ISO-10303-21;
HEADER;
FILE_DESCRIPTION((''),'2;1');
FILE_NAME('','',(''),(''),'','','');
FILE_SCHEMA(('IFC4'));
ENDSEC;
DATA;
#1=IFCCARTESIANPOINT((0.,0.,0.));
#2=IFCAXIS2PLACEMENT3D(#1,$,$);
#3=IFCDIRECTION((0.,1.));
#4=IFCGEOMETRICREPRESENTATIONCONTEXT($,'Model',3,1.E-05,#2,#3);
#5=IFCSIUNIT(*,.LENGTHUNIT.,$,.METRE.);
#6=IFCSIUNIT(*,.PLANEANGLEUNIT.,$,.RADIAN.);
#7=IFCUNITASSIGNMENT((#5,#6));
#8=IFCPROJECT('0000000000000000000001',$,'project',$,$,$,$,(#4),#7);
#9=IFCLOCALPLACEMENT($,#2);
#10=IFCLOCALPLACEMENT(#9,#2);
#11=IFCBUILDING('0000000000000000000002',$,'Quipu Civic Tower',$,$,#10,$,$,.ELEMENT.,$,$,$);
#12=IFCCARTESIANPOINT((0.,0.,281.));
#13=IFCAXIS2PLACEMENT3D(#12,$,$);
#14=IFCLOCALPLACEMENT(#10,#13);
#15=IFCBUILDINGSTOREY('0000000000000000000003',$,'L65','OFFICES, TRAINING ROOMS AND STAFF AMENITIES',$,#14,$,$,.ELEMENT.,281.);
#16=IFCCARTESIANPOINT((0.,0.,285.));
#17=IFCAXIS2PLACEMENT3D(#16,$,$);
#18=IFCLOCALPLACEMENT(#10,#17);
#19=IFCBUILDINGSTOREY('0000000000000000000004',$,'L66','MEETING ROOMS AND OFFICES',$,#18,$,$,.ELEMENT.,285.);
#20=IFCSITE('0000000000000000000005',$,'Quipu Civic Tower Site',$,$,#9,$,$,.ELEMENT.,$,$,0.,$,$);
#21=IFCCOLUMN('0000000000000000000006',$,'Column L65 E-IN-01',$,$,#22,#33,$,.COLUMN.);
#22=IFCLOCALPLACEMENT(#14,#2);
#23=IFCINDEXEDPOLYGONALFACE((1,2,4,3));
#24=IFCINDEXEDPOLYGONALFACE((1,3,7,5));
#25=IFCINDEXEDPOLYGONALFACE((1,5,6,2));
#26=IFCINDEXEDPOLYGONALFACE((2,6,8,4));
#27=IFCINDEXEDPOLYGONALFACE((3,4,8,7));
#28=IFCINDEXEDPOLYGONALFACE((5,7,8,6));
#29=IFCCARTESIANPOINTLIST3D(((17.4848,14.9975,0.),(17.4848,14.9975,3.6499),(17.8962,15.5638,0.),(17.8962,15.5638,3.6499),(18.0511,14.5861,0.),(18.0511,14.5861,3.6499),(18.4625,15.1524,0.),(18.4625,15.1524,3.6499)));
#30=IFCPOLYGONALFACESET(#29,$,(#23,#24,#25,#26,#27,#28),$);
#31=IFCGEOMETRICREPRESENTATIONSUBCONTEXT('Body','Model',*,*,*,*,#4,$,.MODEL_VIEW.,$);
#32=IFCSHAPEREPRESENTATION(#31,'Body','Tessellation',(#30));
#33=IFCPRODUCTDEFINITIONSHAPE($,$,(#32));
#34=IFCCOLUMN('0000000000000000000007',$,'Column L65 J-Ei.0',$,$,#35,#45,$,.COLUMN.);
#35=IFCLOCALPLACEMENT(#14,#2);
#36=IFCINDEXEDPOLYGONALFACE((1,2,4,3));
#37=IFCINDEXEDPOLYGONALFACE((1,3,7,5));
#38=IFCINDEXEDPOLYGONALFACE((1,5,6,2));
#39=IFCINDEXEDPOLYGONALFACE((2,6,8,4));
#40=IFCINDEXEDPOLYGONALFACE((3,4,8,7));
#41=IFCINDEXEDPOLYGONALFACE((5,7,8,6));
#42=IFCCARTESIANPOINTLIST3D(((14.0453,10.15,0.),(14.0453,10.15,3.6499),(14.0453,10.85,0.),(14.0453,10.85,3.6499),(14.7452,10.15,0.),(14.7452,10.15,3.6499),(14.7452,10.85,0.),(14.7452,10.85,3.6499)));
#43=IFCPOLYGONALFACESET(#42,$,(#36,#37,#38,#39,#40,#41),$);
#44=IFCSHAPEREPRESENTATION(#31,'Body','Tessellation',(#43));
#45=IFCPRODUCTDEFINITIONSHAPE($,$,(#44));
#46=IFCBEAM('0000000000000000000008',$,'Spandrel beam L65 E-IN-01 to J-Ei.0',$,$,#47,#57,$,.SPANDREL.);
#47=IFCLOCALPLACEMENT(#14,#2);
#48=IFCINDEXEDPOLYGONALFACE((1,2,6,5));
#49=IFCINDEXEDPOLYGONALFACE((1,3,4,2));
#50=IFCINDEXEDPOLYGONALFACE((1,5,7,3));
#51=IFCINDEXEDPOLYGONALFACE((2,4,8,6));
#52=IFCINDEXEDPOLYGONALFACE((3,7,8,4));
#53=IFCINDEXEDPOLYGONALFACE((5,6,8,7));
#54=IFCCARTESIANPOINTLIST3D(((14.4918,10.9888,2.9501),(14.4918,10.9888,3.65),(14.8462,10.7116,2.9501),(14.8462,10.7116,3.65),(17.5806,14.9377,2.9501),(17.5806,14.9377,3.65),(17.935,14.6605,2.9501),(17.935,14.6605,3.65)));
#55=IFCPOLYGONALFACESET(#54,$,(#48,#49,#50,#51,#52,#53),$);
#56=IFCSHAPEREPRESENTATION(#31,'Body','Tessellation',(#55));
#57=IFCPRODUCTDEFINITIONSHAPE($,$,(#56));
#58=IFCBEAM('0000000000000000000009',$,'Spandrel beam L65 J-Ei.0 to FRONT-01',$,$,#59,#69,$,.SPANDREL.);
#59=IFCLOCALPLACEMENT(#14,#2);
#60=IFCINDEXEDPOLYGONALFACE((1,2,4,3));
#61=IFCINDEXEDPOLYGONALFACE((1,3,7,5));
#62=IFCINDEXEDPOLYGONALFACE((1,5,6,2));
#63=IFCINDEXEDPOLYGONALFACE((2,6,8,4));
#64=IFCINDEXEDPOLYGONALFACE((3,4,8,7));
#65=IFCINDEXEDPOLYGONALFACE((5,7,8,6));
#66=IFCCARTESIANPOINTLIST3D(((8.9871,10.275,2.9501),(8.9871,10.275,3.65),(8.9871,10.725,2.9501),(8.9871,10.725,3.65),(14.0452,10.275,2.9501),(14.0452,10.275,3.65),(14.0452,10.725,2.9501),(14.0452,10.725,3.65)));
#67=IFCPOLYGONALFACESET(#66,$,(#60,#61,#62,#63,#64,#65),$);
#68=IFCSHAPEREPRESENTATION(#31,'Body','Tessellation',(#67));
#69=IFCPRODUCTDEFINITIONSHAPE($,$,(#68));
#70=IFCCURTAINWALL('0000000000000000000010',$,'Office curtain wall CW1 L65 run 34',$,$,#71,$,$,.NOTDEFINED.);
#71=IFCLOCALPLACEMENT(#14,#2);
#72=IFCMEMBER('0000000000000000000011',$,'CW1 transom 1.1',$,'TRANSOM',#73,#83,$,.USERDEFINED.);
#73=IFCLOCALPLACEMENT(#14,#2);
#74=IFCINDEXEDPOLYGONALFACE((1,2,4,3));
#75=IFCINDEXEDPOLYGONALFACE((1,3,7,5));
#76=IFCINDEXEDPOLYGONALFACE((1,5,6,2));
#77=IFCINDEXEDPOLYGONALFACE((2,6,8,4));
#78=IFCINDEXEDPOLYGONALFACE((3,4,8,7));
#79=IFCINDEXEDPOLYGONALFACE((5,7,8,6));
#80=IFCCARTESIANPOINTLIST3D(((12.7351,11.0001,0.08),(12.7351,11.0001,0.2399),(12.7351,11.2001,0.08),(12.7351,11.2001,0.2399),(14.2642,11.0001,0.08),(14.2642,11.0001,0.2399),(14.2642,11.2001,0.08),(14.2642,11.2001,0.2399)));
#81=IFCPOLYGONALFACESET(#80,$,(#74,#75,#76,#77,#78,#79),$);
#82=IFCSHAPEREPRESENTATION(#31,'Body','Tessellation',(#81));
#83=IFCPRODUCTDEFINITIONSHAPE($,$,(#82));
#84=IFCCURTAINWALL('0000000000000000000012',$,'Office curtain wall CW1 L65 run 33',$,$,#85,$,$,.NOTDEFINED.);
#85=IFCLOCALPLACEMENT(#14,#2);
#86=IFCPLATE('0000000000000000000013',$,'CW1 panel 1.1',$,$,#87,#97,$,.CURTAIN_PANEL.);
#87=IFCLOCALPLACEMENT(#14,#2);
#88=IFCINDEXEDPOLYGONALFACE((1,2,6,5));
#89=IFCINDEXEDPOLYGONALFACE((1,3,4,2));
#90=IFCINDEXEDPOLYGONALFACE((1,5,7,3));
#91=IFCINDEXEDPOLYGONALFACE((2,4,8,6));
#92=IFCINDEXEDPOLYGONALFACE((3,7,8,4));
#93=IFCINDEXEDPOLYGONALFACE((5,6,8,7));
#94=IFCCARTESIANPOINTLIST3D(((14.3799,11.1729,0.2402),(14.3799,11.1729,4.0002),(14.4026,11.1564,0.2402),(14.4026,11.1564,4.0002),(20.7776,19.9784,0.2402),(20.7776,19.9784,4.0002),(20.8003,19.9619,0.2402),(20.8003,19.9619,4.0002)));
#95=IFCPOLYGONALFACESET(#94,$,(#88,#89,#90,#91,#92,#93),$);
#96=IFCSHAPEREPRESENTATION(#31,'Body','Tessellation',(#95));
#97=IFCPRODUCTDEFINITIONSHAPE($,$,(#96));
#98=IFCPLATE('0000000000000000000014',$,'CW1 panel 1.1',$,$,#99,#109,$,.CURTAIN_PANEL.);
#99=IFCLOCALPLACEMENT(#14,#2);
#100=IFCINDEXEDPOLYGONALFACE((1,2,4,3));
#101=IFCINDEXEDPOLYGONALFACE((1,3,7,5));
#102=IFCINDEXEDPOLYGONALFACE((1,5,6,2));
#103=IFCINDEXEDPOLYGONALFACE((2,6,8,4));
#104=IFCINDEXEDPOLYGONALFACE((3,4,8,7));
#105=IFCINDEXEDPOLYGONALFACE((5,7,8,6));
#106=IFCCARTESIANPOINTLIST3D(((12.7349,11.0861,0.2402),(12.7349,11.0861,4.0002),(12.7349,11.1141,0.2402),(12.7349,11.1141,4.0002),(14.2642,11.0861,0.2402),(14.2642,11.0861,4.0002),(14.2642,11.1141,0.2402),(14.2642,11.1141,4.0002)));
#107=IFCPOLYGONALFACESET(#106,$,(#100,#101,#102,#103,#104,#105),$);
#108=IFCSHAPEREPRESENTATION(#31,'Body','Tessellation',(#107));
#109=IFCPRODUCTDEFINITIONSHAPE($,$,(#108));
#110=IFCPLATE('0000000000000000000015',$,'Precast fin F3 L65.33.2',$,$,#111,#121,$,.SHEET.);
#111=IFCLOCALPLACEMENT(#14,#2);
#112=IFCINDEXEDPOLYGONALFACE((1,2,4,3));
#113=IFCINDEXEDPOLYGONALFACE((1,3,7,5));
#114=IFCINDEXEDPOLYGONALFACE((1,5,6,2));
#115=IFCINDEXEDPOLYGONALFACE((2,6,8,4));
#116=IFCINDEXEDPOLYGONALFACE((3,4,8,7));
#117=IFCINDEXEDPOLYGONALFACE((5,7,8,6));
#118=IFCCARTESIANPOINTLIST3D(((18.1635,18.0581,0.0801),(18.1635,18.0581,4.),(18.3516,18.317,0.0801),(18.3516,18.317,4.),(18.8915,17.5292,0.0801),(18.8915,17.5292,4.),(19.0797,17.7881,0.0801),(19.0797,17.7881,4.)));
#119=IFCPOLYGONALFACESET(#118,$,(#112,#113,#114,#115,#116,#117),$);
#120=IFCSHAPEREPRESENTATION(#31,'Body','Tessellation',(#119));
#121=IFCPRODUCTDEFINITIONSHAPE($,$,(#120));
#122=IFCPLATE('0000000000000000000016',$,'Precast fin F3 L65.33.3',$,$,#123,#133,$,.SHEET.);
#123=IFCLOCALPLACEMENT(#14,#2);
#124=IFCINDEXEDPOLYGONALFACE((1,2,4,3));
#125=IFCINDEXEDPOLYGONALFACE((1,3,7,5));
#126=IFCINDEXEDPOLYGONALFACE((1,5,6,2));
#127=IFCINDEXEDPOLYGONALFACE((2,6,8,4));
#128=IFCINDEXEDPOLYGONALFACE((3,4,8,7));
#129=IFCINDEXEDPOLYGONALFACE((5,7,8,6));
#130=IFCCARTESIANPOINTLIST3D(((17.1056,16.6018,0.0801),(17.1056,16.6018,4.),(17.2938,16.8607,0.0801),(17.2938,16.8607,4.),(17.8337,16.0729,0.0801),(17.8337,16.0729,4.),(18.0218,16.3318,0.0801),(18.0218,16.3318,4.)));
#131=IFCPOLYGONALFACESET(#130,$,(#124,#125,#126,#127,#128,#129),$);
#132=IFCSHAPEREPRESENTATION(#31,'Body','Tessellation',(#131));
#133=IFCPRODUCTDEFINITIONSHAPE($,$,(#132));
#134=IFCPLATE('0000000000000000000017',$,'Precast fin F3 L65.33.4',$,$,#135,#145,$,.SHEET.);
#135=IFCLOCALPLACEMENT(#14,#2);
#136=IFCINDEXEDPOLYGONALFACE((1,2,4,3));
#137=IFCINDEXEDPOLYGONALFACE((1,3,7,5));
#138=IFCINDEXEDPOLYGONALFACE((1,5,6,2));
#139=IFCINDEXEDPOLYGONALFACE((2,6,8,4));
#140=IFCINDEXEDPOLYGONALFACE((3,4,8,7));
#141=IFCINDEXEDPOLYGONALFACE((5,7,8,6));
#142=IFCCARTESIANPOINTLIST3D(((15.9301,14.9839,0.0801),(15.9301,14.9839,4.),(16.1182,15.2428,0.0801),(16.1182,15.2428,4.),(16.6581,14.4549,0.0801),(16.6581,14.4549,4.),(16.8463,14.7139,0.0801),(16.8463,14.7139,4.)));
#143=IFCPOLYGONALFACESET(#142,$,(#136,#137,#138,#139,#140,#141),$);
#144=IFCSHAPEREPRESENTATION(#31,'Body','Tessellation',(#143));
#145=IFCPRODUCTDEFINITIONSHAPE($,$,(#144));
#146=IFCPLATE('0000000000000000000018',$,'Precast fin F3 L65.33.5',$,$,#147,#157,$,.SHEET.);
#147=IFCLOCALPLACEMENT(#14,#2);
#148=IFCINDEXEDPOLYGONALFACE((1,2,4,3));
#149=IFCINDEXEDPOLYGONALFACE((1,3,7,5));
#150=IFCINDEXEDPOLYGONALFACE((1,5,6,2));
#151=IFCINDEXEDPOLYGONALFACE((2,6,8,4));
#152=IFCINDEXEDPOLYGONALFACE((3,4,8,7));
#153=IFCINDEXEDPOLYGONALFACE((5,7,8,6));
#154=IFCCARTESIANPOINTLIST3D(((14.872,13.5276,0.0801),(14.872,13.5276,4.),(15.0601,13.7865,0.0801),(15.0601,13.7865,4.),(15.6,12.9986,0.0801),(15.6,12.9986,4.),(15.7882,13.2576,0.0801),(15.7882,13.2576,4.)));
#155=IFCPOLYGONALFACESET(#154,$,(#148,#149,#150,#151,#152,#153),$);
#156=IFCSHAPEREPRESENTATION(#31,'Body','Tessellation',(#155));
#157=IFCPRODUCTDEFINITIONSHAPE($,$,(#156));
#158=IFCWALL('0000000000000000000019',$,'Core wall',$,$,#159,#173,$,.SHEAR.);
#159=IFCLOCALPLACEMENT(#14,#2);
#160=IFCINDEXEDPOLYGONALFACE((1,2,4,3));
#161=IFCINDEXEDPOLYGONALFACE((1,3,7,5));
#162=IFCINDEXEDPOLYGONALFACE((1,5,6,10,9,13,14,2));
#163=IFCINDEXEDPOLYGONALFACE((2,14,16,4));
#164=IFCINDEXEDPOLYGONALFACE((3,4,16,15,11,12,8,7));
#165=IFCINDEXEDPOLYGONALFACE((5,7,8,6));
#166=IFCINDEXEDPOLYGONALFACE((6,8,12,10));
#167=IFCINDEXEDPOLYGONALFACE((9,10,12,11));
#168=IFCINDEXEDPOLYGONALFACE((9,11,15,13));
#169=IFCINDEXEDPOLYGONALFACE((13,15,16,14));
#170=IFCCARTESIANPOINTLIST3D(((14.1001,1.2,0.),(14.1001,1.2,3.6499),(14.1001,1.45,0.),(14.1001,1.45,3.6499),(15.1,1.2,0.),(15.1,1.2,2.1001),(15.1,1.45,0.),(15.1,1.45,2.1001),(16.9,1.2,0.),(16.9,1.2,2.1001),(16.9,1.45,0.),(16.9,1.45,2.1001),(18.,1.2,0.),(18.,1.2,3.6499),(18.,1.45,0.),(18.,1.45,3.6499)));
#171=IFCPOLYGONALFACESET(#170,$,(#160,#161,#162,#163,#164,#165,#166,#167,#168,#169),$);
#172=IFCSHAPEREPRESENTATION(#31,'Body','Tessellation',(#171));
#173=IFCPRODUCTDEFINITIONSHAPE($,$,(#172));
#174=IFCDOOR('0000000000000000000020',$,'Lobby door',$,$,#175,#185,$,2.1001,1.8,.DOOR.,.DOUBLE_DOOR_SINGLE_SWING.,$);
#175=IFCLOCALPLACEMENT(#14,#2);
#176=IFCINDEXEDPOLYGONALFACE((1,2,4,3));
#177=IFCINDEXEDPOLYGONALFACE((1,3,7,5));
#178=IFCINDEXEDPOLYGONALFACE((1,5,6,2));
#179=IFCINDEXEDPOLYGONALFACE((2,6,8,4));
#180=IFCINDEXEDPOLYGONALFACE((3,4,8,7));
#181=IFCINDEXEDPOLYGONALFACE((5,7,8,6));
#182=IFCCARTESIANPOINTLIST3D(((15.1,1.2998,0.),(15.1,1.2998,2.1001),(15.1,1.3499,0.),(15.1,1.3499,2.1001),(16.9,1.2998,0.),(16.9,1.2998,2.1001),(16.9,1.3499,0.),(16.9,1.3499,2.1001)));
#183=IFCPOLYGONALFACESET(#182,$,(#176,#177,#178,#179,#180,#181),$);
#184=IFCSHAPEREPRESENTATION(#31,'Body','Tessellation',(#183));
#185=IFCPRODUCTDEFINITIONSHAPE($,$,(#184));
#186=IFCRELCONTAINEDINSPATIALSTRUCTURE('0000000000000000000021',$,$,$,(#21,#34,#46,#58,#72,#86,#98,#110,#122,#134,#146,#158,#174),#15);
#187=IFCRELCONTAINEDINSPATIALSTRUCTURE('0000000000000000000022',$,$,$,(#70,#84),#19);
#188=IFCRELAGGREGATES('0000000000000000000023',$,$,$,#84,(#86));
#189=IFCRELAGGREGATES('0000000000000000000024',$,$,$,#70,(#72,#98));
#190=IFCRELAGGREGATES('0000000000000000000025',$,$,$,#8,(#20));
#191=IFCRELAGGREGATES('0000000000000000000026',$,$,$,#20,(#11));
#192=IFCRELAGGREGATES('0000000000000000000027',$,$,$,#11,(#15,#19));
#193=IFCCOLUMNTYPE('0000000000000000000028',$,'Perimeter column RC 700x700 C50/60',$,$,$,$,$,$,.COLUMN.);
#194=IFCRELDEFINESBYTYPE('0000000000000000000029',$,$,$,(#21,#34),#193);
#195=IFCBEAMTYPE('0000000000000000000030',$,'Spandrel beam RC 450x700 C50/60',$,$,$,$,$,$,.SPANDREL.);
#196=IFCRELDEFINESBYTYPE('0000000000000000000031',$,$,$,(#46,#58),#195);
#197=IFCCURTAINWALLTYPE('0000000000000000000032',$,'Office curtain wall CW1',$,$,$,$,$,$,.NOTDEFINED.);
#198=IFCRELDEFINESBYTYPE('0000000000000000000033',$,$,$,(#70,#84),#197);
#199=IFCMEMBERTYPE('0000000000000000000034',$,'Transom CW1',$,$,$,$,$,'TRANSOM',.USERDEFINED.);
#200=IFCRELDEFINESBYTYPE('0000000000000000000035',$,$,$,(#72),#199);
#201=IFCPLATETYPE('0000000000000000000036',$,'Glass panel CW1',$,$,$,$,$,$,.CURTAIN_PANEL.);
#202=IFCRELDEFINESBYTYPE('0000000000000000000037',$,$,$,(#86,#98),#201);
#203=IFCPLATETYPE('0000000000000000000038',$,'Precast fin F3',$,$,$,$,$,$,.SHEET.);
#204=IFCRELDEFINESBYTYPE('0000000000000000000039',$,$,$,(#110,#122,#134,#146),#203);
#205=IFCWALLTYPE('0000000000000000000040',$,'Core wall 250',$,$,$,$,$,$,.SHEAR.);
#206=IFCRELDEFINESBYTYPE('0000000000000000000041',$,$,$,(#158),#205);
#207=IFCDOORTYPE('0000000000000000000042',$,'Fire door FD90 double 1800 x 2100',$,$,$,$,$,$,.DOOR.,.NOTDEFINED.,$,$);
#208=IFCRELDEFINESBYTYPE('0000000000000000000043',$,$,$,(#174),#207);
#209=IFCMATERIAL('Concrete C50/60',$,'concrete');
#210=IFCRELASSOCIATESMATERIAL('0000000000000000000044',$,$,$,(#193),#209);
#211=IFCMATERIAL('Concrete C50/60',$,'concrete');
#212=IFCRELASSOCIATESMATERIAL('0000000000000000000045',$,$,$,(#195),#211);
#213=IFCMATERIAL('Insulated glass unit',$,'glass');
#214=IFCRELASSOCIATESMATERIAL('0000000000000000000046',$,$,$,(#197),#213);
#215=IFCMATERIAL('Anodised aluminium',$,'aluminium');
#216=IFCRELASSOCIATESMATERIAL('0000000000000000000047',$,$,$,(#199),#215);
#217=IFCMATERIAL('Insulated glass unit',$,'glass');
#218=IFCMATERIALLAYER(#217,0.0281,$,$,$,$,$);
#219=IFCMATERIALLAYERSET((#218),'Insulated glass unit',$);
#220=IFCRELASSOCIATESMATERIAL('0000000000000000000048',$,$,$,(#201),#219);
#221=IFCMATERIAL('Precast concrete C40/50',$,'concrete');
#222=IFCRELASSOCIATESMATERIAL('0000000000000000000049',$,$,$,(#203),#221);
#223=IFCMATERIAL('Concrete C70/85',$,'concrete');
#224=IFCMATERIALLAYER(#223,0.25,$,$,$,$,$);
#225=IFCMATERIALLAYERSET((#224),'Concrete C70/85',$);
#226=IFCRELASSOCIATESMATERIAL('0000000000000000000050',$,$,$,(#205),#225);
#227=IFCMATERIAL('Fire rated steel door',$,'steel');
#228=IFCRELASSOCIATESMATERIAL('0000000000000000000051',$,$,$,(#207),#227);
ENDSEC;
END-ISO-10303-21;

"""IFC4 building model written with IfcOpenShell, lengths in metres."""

from ifc_helpers import new_model, si_unit, direction, frame, frame_2d, origin, origin_2d, place, context, subcontext, project, spatial, rectangle, extrude, material, layer, layer_set, material_profile, profile_set, type_object, element, fill, aggregate, save


model = new_model("IFC4")

# Units and contexts
model_context = context("Model", 3, precision=1e-05, world=origin(), true_north=direction((0.0, 1.0)))
body_context = subcontext(model_context, "Body", "Model", "MODEL_VIEW")
ifc_project = project(units=[si_unit("LENGTHUNIT", "METRE"), si_unit("PLANEANGLEUNIT", "RADIAN")], contexts=[model_context])

# Site, building, storey
site_placement = place(None, origin())
site = spatial("IfcSite", under=ifc_project, at=site_placement, Name="Quipu Civic Tower Site", CompositionType="ELEMENT", RefElevation=0.0)
building_placement = place(site_placement, origin())
building = spatial("IfcBuilding", under=site, at=building_placement, Name="Quipu Civic Tower", CompositionType="ELEMENT")
storey_1_placement = place(building_placement, frame((0.0, 0.0, 281.0)))
storey_1 = spatial("IfcBuildingStorey", under=building, at=storey_1_placement, Name="L65", Description="OFFICES, TRAINING ROOMS AND STAFF AMENITIES", CompositionType="ELEMENT", Elevation=281.0)

# Columns
ifc_material_1 = material(Name="Concrete C50/60", Category="concrete")
ifc_material_profile_1 = material_profile(ifc_material_1, rectangle(XDim=0.7, YDim=0.7, at=origin_2d()), Name="RC700x700")
ifc_profile_set_1 = profile_set([ifc_material_profile_1], Name="Concrete C50/60")
column_type = type_object("IfcColumnType", Name="Perimeter column RC 700x700 C50/60", PredefinedType="COLUMN", material=ifc_profile_set_1)
for number, where, z_axis, x_axis, name in (
    (1, (17.9736, 15.075, 0.0), (0.0, 0.0, 1.0), (-0.587785, -0.809017, 0.0), "Column L65 E-IN-01"),
    (2, (14.3953, 10.5, 0.0), (0.0, 0.0, 1.0), (-1.0, 0.0, 0.0), "Column L65 J-Ei.0"),
):
    element("IfcColumn", number, at=place(storey_1_placement, frame(where, z_axis=z_axis, x_axis=x_axis)), inside=storey_1, type_object=column_type, Name=name, PredefinedType="COLUMN", context=body_context, shape_type="SweptSolid", body=[
        extrude(rectangle(XDim=0.7, YDim=0.7, at=origin_2d()), origin(), (0.0, 0.0, 1.0), 3.6499),
    ])

# Beams
ifc_material_2 = material(Name="Concrete C50/60", Category="concrete")
ifc_material_profile_2 = material_profile(ifc_material_2, rectangle(XDim=0.45, YDim=0.7, at=origin_2d()), Name="RC450x700")
ifc_profile_set_2 = profile_set([ifc_material_profile_2], Name="Concrete C50/60")
beam_type = type_object("IfcBeamType", Name="Spandrel beam RC 450x700 C50/60", PredefinedType="SPANDREL", material=ifc_profile_set_2)
beam_1_placement = place(storey_1_placement, frame((17.7578, 14.7991, 3.3), z_axis=(-0.616106, -0.787663, 0.0), x_axis=(0.787663, -0.616106, 0.0)))
element("IfcBeam", 3, at=beam_1_placement, inside=storey_1, type_object=beam_type, Name="Spandrel beam L65 E-IN-01 to J-Ei.0", PredefinedType="SPANDREL", context=body_context, shape_type="SweptSolid", body=[
    extrude(rectangle(XDim=0.45, YDim=0.7, at=origin_2d()), origin(), (0.0, 0.0, 1.0), 5.0134),
])
beam_2_placement = place(storey_1_placement, frame((14.0452, 10.5, 3.3), z_axis=(-1.0, 0.0, 0.0), x_axis=(0.0, -1.0, 0.0)))
element("IfcBeam", 4, at=beam_2_placement, inside=storey_1, type_object=beam_type, Name="Spandrel beam L65 J-Ei.0 to FRONT-01", PredefinedType="SPANDREL", context=body_context, shape_type="SweptSolid", body=[
    extrude(rectangle(XDim=0.45, YDim=0.7, at=origin_2d()), origin(), (0.0, 0.0, 1.0), 5.0581),
])

# Shared definitions
storey_2_placement = place(building_placement, frame((0.0, 0.0, 285.0)))
storey_2 = spatial("IfcBuildingStorey", under=building, at=storey_2_placement, Name="L66", Description="MEETING ROOMS AND OFFICES", CompositionType="ELEMENT", Elevation=285.0)

# Curtain wall, member
ifc_material_3 = material(Name="Insulated glass unit", Category="glass")
curtain_wall_type = type_object("IfcCurtainWallType", Name="Office curtain wall CW1", PredefinedType="NOTDEFINED", material=ifc_material_3)
curtain_wall_1_placement = place(storey_2_placement, origin())
curtain_wall_1 = element("IfcCurtainWall", 5, at=curtain_wall_1_placement, inside=storey_2, type_object=curtain_wall_type, Name="Office curtain wall CW1 L65 run 34", PredefinedType="NOTDEFINED")
ifc_material_4 = material(Name="Anodised aluminium", Category="aluminium")
ifc_material_profile_3 = material_profile(ifc_material_4, rectangle(XDim=0.2, YDim=0.1599, at=origin_2d()), Name="RECT 200x160")
ifc_profile_set_3 = profile_set([ifc_material_profile_3], Name="Anodised aluminium")
member_type = type_object("IfcMemberType", Name="Transom CW1", ElementType="TRANSOM", PredefinedType="USERDEFINED", material=ifc_profile_set_3)
member_placement = place(storey_1_placement, frame((14.2642, 11.1001, 0.1599), z_axis=(-1.0, 0.0, 0.0), x_axis=(0.0, -1.0, 0.0)))
member = element("IfcMember", 6, at=member_placement, inside=storey_1, type_object=member_type, Name="CW1 transom 1.1", ObjectType="TRANSOM", PredefinedType="USERDEFINED", context=body_context, shape_type="SweptSolid", body=[
    extrude(rectangle(XDim=0.2, YDim=0.1599, at=origin_2d()), origin(), (0.0, 0.0, 1.0), 1.5291),
])

# Curtain wall, plate
curtain_wall_2_placement = place(storey_2_placement, origin())
curtain_wall_2 = element("IfcCurtainWall", 7, at=curtain_wall_2_placement, inside=storey_2, type_object=curtain_wall_type, Name="Office curtain wall CW1 L65 run 33", PredefinedType="NOTDEFINED")
ifc_material_5 = material(Name="Insulated glass unit", Category="glass")
ifc_layer_1 = layer(ifc_material_5, 0.0281)
ifc_layer_set_1 = layer_set([ifc_layer_1], Name="Insulated glass unit")
plate_type_1 = type_object("IfcPlateType", Name="Glass panel CW1", PredefinedType="CURTAIN_PANEL", material=ifc_layer_set_1)
plate_1_placement = place(storey_1_placement, frame((17.5901, 15.5674, 0.2402), z_axis=(0.0, 0.0, 1.0), x_axis=(-0.587788, -0.809015, 0.0)))
plate_1 = element("IfcPlate", 8, at=plate_1_placement, inside=storey_1, type_object=plate_type_1, Name="CW1 panel 1.1", PredefinedType="CURTAIN_PANEL", context=body_context, shape_type="SweptSolid", body=[
    extrude(rectangle(XDim=10.8843, YDim=0.0281, at=origin_2d()), origin(), (0.0, 0.0, 1.0), 3.76),
])
aggregate(curtain_wall_2, [plate_1])

# Plate
plate_2_placement = place(storey_1_placement, frame((13.4995, 11.1001, 0.2402), z_axis=(0.0, 0.0, 1.0), x_axis=(-1.0, 0.0, 0.0)))
plate_2 = element("IfcPlate", 9, at=plate_2_placement, inside=storey_1, type_object=plate_type_1, Name="CW1 panel 1.1", PredefinedType="CURTAIN_PANEL", context=body_context, shape_type="SweptSolid", body=[
    extrude(rectangle(XDim=1.5293, YDim=0.0281, at=origin_2d()), origin(), (0.0, 0.0, 1.0), 3.76),
])
aggregate(curtain_wall_1, [member, plate_2])

# Plates
ifc_material_6 = material(Name="Precast concrete C40/50", Category="concrete")
plate_type_2 = type_object("IfcPlateType", Name="Precast fin F3", PredefinedType="SHEET", material=ifc_material_6)
for number, where, z_axis, x_axis, name in (
    (10, (18.6216, 17.9231, 0.0801), (0.0, 0.0, 1.0), (-0.587784, -0.809018, 0.0), "Precast fin F3 L65.33.2"),
    (11, (17.5637, 16.4668, 0.0801), (0.0, 0.0, 1.0), (-0.587784, -0.809018, 0.0), "Precast fin F3 L65.33.3"),
    (12, (16.3882, 14.8489, 0.0801), (0.0, 0.0, 1.0), (-0.587784, -0.809018, 0.0), "Precast fin F3 L65.33.4"),
    (13, (15.3301, 13.3926, 0.0801), (0.0, 0.0, 1.0), (-0.587784, -0.809018, 0.0), "Precast fin F3 L65.33.5"),
):
    element("IfcPlate", number, at=place(storey_1_placement, frame(where, z_axis=z_axis, x_axis=x_axis)), inside=storey_1, type_object=plate_type_2, Name=name, PredefinedType="SHEET", context=body_context, shape_type="SweptSolid", body=[
        extrude(rectangle(XDim=0.3201, YDim=0.8999, at=origin_2d()), origin(), (0.0, 0.0, 1.0), 3.9199),
    ])

# Wall, opening, door
ifc_material_7 = material(Name="Concrete C70/85", Category="concrete")
ifc_layer_2 = layer(ifc_material_7, 0.25)
ifc_layer_set_2 = layer_set([ifc_layer_2], Name="Concrete C70/85")
wall_type_1 = type_object("IfcWallType", Name="Core wall 250", PredefinedType="SHEAR", material=ifc_layer_set_2)
wall_1_placement = place(storey_1_placement, frame((14.1001, 1.325, 0.0), z_axis=(0.0, 0.0, 1.0), x_axis=(1.0, 0.0, 0.0)))
wall_1 = element("IfcWall", 14, at=wall_1_placement, inside=storey_1, type_object=wall_type_1, Name="Core wall", PredefinedType="SHEAR", context=body_context, shape_type="SweptSolid", body=[
    extrude(rectangle(XDim=3.8999, YDim=0.25, at=frame_2d((1.95, 0.0))), origin(), (0.0, 0.0, 1.0), 3.6499),
])
opening_1_placement = place(wall_1_placement, frame((1.0, 0.0, 0.0)))
opening_1 = element("IfcOpeningElement", 15, at=opening_1_placement, cuts=wall_1, PredefinedType="OPENING", context=body_context, shape_type="SweptSolid", body=[
    extrude(rectangle(XDim=1.8, YDim=2.1001, at=frame_2d((0.8999, 1.05))), frame((0.0, 0.135, 0.0), z_axis=(0.0, -1.0, 0.0), x_axis=(1.0, 0.0, 0.0)), (0.0, 0.0, 1.0), 0.27),
])
ifc_material_8 = material(Name="Fire rated steel door", Category="steel")
door_type = type_object("IfcDoorType", Name="Fire door FD90 double 1800 x 2100", OperationType="NOTDEFINED", PredefinedType="DOOR", material=ifc_material_8)
door_placement = place(opening_1_placement, origin())
door = element("IfcDoor", 16, at=door_placement, inside=storey_1, type_object=door_type, Name="Lobby door", OperationType="DOUBLE_DOOR_SINGLE_SWING", OverallHeight=2.1001, OverallWidth=1.8, PredefinedType="DOOR", context=body_context, shape_type="SweptSolid", body=[
    extrude(rectangle(XDim=1.8, YDim=2.1001, at=frame_2d((0.8999, 1.05))), frame((0.0, 0.0249, 0.0), z_axis=(0.0, -1.0, 0.0), x_axis=(1.0, 0.0, 0.0)), (0.0, 0.0, 1.0), 0.05),
])
fill(opening_1, door)

save(model, "model.ifc")
